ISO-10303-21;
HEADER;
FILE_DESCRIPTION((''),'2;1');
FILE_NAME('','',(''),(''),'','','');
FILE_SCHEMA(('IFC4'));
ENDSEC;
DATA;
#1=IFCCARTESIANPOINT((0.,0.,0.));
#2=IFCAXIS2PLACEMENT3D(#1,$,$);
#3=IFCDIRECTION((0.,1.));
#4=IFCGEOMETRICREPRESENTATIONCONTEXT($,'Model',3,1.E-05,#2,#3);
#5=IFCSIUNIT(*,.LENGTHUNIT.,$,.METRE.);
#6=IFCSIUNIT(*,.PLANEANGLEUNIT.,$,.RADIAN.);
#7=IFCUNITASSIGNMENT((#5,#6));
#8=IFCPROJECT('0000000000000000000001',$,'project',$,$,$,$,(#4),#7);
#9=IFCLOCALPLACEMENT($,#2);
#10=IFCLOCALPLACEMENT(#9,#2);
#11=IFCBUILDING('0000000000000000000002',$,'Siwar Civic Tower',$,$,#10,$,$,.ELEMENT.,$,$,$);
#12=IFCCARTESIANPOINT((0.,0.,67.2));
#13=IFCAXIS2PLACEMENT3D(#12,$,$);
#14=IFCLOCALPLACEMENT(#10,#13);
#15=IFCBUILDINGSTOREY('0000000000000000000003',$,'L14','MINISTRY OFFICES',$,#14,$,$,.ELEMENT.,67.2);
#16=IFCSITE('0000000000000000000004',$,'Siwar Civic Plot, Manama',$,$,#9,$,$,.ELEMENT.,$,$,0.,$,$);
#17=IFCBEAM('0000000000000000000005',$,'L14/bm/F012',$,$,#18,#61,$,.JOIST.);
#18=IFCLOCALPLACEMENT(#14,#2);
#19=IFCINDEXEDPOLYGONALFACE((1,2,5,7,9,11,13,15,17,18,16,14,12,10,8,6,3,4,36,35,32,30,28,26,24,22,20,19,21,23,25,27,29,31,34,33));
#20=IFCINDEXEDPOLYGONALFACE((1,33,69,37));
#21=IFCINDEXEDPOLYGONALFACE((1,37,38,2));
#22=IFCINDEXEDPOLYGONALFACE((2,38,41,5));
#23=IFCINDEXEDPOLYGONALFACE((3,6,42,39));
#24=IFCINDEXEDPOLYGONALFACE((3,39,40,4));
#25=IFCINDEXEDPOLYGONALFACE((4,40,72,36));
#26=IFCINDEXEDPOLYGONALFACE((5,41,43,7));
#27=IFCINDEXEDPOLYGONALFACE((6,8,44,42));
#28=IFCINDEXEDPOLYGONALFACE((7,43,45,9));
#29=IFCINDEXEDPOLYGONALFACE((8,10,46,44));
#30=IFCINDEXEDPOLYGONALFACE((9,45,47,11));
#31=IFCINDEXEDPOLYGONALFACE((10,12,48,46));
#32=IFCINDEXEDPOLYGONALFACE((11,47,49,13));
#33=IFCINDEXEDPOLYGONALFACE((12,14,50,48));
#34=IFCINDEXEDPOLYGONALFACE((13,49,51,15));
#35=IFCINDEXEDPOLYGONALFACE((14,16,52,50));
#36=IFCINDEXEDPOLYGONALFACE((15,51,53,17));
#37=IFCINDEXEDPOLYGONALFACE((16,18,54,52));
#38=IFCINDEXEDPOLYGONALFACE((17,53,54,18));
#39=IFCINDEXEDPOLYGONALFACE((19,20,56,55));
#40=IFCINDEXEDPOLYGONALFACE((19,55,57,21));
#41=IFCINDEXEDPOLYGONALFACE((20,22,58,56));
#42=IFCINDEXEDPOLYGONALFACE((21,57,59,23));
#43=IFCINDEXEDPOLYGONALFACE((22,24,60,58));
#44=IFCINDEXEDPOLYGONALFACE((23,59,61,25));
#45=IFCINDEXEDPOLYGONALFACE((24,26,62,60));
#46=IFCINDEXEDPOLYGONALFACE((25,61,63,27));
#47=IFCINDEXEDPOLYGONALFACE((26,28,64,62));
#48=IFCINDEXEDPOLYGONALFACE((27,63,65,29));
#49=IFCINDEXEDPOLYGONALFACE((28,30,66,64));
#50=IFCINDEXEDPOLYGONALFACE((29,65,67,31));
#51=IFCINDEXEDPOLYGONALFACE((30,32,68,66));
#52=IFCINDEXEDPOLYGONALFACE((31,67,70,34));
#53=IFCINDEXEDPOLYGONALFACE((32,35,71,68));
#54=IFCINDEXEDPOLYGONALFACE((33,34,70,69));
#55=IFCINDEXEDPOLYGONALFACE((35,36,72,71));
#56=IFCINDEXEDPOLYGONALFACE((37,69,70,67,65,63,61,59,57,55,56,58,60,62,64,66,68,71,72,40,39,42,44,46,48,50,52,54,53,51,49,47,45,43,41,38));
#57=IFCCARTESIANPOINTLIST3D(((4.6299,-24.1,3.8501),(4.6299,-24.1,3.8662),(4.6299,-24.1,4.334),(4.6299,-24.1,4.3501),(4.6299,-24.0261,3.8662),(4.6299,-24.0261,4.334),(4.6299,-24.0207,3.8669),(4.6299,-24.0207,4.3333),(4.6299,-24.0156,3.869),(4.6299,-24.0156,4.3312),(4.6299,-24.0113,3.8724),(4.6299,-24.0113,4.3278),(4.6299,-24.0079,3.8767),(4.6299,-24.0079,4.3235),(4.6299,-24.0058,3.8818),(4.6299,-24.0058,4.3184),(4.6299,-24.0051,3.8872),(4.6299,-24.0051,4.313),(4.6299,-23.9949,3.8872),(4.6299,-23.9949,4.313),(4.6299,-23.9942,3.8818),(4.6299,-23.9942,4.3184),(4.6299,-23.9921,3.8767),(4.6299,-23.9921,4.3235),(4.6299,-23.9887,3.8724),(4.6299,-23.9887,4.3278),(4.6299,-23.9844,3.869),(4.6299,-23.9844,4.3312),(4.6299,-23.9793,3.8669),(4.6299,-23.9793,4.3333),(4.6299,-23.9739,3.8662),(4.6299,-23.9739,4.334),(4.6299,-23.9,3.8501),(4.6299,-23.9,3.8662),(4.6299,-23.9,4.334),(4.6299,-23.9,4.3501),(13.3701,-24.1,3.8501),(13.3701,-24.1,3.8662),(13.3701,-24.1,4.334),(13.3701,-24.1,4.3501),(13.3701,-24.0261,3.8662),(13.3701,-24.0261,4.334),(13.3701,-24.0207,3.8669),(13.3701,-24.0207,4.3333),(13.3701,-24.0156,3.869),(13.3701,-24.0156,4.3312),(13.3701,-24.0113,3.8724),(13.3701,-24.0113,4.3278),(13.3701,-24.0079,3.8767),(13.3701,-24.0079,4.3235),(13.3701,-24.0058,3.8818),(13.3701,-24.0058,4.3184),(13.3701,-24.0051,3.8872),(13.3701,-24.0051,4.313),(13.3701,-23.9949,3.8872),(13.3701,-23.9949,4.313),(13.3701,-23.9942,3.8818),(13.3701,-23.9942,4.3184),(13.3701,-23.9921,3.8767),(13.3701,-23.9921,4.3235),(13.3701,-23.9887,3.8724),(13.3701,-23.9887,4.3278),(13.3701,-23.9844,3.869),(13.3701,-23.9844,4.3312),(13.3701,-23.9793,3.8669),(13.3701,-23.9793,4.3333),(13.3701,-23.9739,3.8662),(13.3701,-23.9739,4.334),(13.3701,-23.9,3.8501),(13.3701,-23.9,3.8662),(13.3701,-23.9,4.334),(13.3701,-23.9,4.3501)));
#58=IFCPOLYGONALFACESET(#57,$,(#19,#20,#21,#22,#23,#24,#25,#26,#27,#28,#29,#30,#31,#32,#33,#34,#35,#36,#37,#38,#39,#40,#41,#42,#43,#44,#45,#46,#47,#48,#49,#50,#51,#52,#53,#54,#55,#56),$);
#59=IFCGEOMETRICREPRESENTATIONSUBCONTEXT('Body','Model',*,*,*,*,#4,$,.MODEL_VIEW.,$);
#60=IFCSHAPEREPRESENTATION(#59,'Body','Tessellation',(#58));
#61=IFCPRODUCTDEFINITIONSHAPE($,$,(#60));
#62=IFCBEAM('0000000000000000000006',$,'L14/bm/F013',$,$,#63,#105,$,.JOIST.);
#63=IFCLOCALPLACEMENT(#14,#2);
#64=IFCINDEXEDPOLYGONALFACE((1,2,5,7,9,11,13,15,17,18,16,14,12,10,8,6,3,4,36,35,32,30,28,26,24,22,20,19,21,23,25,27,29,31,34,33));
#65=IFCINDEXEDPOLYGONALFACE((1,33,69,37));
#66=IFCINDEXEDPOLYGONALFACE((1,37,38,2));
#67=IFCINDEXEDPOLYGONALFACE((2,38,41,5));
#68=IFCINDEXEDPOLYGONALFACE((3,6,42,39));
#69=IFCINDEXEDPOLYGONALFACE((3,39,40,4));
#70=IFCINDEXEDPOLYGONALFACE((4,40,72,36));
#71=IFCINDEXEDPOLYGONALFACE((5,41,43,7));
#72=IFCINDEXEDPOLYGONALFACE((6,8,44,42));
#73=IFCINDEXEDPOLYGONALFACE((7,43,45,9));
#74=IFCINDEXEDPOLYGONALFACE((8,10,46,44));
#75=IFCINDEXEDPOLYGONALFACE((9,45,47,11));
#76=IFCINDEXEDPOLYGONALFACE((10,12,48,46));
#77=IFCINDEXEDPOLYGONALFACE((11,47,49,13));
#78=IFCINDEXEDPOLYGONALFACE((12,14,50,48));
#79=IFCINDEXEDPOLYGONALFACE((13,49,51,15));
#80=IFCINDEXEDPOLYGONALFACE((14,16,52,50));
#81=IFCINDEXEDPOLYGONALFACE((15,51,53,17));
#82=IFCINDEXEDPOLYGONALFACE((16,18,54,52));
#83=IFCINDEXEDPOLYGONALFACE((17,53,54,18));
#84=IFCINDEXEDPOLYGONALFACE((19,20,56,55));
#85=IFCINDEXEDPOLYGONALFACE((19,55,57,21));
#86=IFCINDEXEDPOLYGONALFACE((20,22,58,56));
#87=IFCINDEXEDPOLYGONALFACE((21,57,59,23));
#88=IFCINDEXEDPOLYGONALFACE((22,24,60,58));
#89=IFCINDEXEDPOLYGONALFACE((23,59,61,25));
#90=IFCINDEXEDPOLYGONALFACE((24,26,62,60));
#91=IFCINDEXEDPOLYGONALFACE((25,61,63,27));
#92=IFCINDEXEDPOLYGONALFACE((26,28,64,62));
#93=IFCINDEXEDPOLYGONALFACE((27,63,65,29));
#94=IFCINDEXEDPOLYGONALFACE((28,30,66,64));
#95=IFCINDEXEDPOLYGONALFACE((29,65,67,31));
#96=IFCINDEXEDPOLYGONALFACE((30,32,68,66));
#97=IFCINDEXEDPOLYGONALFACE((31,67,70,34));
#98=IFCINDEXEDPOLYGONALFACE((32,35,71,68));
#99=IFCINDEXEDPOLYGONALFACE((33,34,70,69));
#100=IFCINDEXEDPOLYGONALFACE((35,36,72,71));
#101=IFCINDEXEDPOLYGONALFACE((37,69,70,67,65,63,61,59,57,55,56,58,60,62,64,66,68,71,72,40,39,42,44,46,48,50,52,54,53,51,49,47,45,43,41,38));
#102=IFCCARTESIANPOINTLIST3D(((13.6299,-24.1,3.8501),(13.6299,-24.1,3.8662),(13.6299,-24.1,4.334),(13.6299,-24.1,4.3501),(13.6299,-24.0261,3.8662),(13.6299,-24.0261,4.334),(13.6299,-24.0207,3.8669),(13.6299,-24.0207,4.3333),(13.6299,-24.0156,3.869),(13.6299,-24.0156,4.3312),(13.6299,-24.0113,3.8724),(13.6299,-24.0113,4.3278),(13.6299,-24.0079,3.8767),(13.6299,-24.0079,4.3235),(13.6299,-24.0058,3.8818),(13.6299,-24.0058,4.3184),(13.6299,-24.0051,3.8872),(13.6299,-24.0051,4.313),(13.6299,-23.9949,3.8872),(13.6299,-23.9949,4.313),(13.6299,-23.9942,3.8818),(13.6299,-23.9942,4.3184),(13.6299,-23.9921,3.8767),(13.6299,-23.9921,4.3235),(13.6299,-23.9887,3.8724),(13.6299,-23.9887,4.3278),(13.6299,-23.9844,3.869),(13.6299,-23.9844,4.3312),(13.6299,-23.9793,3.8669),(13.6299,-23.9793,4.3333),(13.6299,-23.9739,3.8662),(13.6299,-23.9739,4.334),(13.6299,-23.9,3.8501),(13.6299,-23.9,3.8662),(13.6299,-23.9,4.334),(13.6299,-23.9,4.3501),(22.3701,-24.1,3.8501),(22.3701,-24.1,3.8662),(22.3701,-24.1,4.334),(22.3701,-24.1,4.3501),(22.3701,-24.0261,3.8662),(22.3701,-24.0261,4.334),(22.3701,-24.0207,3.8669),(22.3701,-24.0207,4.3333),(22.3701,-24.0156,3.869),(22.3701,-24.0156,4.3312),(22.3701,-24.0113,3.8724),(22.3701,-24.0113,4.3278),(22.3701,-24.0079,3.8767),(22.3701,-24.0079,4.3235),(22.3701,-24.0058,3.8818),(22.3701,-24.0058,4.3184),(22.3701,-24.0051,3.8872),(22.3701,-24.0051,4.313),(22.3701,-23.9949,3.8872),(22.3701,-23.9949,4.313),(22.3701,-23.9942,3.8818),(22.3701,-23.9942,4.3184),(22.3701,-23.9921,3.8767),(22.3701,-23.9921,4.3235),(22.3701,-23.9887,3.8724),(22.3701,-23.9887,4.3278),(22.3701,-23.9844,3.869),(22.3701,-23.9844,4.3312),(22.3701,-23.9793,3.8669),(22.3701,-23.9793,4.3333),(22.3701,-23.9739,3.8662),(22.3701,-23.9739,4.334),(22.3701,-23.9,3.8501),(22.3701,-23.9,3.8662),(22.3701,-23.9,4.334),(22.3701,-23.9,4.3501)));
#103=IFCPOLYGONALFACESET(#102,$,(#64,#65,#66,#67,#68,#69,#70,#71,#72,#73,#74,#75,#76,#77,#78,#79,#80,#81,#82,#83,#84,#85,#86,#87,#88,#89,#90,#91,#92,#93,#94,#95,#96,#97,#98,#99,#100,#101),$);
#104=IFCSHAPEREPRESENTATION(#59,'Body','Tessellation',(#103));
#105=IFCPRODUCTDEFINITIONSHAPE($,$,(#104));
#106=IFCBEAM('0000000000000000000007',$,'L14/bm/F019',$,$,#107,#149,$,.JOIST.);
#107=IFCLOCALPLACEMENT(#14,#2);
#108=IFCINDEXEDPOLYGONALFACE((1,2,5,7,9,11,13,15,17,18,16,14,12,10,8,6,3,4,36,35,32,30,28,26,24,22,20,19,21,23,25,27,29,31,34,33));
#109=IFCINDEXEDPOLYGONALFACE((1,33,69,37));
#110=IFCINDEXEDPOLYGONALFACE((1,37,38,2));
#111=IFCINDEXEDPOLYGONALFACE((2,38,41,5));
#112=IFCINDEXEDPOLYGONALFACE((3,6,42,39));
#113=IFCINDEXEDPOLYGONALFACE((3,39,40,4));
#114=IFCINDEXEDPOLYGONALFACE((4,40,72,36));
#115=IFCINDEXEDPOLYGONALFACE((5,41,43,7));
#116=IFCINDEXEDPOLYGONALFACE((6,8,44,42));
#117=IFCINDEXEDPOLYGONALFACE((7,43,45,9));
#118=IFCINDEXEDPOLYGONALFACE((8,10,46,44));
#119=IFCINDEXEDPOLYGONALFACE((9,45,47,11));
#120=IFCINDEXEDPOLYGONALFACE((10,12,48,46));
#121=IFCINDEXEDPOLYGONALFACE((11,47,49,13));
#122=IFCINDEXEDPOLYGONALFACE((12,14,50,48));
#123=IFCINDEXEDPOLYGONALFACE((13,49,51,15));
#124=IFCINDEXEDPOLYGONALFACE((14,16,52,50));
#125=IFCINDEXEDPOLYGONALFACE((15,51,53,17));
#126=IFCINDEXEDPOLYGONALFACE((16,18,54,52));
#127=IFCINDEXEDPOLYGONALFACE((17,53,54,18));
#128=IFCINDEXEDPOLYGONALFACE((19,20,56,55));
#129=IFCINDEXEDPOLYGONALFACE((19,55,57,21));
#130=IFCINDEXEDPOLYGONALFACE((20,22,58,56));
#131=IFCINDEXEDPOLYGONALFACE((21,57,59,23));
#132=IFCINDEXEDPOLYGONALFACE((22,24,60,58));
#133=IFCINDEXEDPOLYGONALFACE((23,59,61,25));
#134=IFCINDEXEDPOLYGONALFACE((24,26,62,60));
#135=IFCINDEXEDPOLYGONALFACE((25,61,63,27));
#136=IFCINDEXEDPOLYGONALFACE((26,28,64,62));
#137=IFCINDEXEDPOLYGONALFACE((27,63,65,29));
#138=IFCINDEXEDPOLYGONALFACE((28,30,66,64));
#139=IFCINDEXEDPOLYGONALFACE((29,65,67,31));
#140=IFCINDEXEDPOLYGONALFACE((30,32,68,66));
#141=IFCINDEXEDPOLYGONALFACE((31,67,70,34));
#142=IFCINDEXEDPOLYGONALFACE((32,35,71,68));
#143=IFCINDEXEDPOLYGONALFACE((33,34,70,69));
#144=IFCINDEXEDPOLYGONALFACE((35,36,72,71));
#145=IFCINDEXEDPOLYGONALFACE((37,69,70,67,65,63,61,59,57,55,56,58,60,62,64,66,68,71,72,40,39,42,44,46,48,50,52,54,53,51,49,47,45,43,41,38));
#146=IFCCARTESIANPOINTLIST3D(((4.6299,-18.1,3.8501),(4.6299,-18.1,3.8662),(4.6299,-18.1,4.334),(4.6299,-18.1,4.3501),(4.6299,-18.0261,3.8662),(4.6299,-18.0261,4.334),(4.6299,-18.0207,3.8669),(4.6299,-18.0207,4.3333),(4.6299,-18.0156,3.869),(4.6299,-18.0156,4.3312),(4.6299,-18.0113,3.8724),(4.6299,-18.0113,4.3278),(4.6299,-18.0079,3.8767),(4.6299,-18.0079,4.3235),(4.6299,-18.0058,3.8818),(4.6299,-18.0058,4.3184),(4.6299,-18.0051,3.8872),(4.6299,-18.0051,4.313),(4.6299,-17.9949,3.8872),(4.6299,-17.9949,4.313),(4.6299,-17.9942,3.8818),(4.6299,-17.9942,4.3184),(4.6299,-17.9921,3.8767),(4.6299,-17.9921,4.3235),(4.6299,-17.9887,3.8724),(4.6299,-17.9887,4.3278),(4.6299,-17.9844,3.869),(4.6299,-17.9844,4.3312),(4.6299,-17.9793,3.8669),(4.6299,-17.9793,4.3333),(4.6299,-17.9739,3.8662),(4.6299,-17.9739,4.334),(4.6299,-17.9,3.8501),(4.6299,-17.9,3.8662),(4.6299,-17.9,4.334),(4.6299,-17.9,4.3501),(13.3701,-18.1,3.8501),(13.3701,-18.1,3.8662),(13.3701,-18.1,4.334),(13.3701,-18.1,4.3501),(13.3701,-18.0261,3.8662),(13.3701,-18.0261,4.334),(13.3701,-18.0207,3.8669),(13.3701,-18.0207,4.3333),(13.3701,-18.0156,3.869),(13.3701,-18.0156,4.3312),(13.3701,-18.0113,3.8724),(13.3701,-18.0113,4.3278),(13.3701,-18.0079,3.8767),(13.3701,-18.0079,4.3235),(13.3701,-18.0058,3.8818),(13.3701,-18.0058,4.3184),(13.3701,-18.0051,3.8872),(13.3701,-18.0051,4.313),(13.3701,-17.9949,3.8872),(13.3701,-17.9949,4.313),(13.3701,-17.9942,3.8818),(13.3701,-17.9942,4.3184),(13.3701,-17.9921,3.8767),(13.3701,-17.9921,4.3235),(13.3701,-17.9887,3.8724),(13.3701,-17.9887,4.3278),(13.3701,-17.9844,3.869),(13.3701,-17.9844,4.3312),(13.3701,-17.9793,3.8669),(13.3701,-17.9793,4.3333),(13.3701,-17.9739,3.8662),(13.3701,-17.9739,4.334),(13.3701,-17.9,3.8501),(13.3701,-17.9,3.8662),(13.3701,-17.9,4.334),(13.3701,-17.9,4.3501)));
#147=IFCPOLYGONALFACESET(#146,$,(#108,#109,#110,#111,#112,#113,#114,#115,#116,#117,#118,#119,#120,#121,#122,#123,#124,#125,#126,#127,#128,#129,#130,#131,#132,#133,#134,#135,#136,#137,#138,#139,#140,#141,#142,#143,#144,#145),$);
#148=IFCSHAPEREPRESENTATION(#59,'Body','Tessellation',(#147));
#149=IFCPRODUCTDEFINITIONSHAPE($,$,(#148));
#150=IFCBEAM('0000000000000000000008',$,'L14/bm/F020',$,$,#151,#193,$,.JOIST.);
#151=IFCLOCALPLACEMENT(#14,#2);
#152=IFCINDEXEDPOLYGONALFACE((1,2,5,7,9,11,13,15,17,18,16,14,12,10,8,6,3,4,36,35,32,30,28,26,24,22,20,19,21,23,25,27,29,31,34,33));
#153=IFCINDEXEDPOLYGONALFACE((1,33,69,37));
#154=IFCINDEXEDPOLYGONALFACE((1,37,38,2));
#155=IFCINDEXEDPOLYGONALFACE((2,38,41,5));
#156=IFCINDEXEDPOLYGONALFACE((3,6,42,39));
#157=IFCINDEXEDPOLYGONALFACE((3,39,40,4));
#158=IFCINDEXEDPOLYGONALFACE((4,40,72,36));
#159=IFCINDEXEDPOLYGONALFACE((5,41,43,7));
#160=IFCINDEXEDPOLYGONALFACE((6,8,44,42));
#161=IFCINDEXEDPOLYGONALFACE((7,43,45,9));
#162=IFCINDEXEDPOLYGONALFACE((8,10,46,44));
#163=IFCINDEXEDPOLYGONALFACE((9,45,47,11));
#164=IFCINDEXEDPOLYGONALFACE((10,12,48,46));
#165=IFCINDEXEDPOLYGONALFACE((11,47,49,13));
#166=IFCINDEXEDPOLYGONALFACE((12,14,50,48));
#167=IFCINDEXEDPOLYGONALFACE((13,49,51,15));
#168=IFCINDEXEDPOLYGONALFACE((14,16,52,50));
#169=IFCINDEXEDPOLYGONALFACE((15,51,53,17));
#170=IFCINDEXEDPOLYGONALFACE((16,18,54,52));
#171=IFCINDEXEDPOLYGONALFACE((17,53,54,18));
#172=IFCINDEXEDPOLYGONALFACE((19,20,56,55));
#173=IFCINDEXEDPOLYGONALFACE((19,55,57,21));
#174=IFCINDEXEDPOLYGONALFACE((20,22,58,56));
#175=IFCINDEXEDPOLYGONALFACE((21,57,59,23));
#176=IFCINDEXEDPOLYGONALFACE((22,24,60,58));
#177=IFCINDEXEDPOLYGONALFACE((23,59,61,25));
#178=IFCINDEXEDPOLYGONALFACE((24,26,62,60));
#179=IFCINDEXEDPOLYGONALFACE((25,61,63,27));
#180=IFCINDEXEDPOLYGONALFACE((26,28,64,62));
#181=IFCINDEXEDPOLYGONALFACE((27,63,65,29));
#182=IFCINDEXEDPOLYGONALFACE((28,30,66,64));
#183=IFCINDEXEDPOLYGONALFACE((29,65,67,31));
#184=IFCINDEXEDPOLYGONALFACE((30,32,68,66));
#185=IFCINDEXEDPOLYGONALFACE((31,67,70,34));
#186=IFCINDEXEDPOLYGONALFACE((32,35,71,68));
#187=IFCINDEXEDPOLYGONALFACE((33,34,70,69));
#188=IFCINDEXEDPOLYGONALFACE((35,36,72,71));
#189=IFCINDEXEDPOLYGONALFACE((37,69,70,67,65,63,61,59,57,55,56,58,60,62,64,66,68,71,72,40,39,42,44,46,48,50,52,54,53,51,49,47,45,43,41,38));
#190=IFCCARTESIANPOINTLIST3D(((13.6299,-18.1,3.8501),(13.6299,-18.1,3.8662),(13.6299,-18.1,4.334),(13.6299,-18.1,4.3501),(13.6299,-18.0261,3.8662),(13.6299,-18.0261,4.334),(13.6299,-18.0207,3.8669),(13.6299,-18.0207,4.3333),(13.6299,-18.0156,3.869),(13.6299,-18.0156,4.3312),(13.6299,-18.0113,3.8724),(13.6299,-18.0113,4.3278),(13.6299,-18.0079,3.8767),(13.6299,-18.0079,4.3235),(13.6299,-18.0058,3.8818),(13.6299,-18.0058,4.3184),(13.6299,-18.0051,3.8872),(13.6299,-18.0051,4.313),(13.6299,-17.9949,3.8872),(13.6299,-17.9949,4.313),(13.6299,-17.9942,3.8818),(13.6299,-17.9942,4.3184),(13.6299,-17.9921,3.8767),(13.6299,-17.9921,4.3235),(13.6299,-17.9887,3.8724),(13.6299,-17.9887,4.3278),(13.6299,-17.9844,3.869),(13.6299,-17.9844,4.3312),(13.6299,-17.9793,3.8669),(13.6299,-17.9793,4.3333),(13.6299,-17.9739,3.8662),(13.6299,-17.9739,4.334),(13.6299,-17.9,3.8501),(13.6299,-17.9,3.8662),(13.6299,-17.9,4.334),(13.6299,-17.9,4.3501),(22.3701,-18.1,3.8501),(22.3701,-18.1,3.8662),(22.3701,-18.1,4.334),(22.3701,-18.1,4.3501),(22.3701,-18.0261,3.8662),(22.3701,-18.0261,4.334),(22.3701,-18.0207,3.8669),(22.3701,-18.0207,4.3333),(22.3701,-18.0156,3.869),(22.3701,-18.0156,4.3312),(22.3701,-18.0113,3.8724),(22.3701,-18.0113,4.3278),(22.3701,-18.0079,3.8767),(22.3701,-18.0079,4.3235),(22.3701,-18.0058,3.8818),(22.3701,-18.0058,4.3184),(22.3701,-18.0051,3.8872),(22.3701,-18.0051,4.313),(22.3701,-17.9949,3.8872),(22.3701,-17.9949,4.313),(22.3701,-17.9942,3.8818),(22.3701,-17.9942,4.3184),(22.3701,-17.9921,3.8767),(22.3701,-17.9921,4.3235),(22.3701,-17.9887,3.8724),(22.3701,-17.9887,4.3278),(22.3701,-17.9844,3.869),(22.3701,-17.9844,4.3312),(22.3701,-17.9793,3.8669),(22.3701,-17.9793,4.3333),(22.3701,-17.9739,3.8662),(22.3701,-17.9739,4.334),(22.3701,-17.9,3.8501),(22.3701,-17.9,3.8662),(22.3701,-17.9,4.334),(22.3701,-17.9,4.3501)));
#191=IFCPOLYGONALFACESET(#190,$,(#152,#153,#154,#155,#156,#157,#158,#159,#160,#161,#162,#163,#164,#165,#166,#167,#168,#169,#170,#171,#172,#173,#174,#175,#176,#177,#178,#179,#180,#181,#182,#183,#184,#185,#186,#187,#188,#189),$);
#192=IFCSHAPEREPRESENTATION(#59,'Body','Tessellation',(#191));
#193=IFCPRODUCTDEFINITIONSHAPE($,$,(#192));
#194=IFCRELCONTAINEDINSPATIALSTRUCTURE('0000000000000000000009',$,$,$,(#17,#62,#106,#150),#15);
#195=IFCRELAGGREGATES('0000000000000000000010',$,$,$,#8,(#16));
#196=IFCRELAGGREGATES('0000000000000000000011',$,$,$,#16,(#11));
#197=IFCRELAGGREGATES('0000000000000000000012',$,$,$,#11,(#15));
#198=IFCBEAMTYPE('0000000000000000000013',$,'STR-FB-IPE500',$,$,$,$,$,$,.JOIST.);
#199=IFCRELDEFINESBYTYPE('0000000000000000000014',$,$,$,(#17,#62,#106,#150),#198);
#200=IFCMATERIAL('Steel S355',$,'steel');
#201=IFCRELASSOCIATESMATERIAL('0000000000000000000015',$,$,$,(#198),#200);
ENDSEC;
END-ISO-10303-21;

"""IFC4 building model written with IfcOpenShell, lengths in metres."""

from ifc_helpers import new_model, si_unit, direction, frame, origin, origin_2d, place, context, subcontext, project, spatial, i_section, extrude, material, material_profile, profile_set, type_object, element, save


model = new_model("IFC4")

# Units and contexts
model_context = context("Model", 3, precision=1e-05, world=origin(), true_north=direction((0.0, 1.0)))
body_context = subcontext(model_context, "Body", "Model", "MODEL_VIEW")
ifc_project = project(units=[si_unit("LENGTHUNIT", "METRE"), si_unit("PLANEANGLEUNIT", "RADIAN")], contexts=[model_context])

# Site, building, storey
site_placement = place(None, origin())
site = spatial("IfcSite", under=ifc_project, at=site_placement, Name="Siwar Civic Plot, Manama", CompositionType="ELEMENT", RefElevation=0.0)
building_placement = place(site_placement, origin())
building = spatial("IfcBuilding", under=site, at=building_placement, Name="Siwar Civic Tower", CompositionType="ELEMENT")
storey_placement = place(building_placement, frame((0.0, 0.0, 67.2)))
storey = spatial("IfcBuildingStorey", under=building, at=storey_placement, Name="L14", Description="MINISTRY OFFICES", CompositionType="ELEMENT", Elevation=67.2)

# Beams
ifc_material_1 = material(Name="Steel S355", Category="steel")
ifc_material_profile_1 = material_profile(ifc_material_1, i_section(OverallWidth=0.2, OverallDepth=0.5, WebThickness=0.0103, FlangeThickness=0.0161, FilletRadius=0.021, at=origin_2d()), Name="IPE500")
ifc_profile_set_1 = profile_set([ifc_material_profile_1], Name="Steel S355")
beam_type_1 = type_object("IfcBeamType", Name="STR-FB-IPE500", PredefinedType="JOIST", material=ifc_profile_set_1)
for number, where, z_axis, x_axis, name in (
    (1, (4.6299, -24.0, 4.1001), (1.0, 0.0, 0.0), (0.0, 1.0, 0.0), "L14/bm/F012"),
    (2, (13.6299, -24.0, 4.1001), (1.0, 0.0, 0.0), (0.0, 1.0, 0.0), "L14/bm/F013"),
    (3, (4.6299, -18.0, 4.1001), (1.0, 0.0, 0.0), (0.0, 1.0, 0.0), "L14/bm/F019"),
    (4, (13.6299, -18.0, 4.1001), (1.0, 0.0, 0.0), (0.0, 1.0, 0.0), "L14/bm/F020"),
):
    element("IfcBeam", number, at=place(storey_placement, frame(where, z_axis=z_axis, x_axis=x_axis)), inside=storey, type_object=beam_type_1, Name=name, PredefinedType="JOIST", context=body_context, shape_type="SweptSolid", body=[
        extrude(i_section(OverallWidth=0.2, OverallDepth=0.5, WebThickness=0.0103, FlangeThickness=0.0161, FilletRadius=0.021, at=origin_2d()), origin(), (0.0, 0.0, 1.0), 8.7402),
    ])

save(model, "model.ifc")
